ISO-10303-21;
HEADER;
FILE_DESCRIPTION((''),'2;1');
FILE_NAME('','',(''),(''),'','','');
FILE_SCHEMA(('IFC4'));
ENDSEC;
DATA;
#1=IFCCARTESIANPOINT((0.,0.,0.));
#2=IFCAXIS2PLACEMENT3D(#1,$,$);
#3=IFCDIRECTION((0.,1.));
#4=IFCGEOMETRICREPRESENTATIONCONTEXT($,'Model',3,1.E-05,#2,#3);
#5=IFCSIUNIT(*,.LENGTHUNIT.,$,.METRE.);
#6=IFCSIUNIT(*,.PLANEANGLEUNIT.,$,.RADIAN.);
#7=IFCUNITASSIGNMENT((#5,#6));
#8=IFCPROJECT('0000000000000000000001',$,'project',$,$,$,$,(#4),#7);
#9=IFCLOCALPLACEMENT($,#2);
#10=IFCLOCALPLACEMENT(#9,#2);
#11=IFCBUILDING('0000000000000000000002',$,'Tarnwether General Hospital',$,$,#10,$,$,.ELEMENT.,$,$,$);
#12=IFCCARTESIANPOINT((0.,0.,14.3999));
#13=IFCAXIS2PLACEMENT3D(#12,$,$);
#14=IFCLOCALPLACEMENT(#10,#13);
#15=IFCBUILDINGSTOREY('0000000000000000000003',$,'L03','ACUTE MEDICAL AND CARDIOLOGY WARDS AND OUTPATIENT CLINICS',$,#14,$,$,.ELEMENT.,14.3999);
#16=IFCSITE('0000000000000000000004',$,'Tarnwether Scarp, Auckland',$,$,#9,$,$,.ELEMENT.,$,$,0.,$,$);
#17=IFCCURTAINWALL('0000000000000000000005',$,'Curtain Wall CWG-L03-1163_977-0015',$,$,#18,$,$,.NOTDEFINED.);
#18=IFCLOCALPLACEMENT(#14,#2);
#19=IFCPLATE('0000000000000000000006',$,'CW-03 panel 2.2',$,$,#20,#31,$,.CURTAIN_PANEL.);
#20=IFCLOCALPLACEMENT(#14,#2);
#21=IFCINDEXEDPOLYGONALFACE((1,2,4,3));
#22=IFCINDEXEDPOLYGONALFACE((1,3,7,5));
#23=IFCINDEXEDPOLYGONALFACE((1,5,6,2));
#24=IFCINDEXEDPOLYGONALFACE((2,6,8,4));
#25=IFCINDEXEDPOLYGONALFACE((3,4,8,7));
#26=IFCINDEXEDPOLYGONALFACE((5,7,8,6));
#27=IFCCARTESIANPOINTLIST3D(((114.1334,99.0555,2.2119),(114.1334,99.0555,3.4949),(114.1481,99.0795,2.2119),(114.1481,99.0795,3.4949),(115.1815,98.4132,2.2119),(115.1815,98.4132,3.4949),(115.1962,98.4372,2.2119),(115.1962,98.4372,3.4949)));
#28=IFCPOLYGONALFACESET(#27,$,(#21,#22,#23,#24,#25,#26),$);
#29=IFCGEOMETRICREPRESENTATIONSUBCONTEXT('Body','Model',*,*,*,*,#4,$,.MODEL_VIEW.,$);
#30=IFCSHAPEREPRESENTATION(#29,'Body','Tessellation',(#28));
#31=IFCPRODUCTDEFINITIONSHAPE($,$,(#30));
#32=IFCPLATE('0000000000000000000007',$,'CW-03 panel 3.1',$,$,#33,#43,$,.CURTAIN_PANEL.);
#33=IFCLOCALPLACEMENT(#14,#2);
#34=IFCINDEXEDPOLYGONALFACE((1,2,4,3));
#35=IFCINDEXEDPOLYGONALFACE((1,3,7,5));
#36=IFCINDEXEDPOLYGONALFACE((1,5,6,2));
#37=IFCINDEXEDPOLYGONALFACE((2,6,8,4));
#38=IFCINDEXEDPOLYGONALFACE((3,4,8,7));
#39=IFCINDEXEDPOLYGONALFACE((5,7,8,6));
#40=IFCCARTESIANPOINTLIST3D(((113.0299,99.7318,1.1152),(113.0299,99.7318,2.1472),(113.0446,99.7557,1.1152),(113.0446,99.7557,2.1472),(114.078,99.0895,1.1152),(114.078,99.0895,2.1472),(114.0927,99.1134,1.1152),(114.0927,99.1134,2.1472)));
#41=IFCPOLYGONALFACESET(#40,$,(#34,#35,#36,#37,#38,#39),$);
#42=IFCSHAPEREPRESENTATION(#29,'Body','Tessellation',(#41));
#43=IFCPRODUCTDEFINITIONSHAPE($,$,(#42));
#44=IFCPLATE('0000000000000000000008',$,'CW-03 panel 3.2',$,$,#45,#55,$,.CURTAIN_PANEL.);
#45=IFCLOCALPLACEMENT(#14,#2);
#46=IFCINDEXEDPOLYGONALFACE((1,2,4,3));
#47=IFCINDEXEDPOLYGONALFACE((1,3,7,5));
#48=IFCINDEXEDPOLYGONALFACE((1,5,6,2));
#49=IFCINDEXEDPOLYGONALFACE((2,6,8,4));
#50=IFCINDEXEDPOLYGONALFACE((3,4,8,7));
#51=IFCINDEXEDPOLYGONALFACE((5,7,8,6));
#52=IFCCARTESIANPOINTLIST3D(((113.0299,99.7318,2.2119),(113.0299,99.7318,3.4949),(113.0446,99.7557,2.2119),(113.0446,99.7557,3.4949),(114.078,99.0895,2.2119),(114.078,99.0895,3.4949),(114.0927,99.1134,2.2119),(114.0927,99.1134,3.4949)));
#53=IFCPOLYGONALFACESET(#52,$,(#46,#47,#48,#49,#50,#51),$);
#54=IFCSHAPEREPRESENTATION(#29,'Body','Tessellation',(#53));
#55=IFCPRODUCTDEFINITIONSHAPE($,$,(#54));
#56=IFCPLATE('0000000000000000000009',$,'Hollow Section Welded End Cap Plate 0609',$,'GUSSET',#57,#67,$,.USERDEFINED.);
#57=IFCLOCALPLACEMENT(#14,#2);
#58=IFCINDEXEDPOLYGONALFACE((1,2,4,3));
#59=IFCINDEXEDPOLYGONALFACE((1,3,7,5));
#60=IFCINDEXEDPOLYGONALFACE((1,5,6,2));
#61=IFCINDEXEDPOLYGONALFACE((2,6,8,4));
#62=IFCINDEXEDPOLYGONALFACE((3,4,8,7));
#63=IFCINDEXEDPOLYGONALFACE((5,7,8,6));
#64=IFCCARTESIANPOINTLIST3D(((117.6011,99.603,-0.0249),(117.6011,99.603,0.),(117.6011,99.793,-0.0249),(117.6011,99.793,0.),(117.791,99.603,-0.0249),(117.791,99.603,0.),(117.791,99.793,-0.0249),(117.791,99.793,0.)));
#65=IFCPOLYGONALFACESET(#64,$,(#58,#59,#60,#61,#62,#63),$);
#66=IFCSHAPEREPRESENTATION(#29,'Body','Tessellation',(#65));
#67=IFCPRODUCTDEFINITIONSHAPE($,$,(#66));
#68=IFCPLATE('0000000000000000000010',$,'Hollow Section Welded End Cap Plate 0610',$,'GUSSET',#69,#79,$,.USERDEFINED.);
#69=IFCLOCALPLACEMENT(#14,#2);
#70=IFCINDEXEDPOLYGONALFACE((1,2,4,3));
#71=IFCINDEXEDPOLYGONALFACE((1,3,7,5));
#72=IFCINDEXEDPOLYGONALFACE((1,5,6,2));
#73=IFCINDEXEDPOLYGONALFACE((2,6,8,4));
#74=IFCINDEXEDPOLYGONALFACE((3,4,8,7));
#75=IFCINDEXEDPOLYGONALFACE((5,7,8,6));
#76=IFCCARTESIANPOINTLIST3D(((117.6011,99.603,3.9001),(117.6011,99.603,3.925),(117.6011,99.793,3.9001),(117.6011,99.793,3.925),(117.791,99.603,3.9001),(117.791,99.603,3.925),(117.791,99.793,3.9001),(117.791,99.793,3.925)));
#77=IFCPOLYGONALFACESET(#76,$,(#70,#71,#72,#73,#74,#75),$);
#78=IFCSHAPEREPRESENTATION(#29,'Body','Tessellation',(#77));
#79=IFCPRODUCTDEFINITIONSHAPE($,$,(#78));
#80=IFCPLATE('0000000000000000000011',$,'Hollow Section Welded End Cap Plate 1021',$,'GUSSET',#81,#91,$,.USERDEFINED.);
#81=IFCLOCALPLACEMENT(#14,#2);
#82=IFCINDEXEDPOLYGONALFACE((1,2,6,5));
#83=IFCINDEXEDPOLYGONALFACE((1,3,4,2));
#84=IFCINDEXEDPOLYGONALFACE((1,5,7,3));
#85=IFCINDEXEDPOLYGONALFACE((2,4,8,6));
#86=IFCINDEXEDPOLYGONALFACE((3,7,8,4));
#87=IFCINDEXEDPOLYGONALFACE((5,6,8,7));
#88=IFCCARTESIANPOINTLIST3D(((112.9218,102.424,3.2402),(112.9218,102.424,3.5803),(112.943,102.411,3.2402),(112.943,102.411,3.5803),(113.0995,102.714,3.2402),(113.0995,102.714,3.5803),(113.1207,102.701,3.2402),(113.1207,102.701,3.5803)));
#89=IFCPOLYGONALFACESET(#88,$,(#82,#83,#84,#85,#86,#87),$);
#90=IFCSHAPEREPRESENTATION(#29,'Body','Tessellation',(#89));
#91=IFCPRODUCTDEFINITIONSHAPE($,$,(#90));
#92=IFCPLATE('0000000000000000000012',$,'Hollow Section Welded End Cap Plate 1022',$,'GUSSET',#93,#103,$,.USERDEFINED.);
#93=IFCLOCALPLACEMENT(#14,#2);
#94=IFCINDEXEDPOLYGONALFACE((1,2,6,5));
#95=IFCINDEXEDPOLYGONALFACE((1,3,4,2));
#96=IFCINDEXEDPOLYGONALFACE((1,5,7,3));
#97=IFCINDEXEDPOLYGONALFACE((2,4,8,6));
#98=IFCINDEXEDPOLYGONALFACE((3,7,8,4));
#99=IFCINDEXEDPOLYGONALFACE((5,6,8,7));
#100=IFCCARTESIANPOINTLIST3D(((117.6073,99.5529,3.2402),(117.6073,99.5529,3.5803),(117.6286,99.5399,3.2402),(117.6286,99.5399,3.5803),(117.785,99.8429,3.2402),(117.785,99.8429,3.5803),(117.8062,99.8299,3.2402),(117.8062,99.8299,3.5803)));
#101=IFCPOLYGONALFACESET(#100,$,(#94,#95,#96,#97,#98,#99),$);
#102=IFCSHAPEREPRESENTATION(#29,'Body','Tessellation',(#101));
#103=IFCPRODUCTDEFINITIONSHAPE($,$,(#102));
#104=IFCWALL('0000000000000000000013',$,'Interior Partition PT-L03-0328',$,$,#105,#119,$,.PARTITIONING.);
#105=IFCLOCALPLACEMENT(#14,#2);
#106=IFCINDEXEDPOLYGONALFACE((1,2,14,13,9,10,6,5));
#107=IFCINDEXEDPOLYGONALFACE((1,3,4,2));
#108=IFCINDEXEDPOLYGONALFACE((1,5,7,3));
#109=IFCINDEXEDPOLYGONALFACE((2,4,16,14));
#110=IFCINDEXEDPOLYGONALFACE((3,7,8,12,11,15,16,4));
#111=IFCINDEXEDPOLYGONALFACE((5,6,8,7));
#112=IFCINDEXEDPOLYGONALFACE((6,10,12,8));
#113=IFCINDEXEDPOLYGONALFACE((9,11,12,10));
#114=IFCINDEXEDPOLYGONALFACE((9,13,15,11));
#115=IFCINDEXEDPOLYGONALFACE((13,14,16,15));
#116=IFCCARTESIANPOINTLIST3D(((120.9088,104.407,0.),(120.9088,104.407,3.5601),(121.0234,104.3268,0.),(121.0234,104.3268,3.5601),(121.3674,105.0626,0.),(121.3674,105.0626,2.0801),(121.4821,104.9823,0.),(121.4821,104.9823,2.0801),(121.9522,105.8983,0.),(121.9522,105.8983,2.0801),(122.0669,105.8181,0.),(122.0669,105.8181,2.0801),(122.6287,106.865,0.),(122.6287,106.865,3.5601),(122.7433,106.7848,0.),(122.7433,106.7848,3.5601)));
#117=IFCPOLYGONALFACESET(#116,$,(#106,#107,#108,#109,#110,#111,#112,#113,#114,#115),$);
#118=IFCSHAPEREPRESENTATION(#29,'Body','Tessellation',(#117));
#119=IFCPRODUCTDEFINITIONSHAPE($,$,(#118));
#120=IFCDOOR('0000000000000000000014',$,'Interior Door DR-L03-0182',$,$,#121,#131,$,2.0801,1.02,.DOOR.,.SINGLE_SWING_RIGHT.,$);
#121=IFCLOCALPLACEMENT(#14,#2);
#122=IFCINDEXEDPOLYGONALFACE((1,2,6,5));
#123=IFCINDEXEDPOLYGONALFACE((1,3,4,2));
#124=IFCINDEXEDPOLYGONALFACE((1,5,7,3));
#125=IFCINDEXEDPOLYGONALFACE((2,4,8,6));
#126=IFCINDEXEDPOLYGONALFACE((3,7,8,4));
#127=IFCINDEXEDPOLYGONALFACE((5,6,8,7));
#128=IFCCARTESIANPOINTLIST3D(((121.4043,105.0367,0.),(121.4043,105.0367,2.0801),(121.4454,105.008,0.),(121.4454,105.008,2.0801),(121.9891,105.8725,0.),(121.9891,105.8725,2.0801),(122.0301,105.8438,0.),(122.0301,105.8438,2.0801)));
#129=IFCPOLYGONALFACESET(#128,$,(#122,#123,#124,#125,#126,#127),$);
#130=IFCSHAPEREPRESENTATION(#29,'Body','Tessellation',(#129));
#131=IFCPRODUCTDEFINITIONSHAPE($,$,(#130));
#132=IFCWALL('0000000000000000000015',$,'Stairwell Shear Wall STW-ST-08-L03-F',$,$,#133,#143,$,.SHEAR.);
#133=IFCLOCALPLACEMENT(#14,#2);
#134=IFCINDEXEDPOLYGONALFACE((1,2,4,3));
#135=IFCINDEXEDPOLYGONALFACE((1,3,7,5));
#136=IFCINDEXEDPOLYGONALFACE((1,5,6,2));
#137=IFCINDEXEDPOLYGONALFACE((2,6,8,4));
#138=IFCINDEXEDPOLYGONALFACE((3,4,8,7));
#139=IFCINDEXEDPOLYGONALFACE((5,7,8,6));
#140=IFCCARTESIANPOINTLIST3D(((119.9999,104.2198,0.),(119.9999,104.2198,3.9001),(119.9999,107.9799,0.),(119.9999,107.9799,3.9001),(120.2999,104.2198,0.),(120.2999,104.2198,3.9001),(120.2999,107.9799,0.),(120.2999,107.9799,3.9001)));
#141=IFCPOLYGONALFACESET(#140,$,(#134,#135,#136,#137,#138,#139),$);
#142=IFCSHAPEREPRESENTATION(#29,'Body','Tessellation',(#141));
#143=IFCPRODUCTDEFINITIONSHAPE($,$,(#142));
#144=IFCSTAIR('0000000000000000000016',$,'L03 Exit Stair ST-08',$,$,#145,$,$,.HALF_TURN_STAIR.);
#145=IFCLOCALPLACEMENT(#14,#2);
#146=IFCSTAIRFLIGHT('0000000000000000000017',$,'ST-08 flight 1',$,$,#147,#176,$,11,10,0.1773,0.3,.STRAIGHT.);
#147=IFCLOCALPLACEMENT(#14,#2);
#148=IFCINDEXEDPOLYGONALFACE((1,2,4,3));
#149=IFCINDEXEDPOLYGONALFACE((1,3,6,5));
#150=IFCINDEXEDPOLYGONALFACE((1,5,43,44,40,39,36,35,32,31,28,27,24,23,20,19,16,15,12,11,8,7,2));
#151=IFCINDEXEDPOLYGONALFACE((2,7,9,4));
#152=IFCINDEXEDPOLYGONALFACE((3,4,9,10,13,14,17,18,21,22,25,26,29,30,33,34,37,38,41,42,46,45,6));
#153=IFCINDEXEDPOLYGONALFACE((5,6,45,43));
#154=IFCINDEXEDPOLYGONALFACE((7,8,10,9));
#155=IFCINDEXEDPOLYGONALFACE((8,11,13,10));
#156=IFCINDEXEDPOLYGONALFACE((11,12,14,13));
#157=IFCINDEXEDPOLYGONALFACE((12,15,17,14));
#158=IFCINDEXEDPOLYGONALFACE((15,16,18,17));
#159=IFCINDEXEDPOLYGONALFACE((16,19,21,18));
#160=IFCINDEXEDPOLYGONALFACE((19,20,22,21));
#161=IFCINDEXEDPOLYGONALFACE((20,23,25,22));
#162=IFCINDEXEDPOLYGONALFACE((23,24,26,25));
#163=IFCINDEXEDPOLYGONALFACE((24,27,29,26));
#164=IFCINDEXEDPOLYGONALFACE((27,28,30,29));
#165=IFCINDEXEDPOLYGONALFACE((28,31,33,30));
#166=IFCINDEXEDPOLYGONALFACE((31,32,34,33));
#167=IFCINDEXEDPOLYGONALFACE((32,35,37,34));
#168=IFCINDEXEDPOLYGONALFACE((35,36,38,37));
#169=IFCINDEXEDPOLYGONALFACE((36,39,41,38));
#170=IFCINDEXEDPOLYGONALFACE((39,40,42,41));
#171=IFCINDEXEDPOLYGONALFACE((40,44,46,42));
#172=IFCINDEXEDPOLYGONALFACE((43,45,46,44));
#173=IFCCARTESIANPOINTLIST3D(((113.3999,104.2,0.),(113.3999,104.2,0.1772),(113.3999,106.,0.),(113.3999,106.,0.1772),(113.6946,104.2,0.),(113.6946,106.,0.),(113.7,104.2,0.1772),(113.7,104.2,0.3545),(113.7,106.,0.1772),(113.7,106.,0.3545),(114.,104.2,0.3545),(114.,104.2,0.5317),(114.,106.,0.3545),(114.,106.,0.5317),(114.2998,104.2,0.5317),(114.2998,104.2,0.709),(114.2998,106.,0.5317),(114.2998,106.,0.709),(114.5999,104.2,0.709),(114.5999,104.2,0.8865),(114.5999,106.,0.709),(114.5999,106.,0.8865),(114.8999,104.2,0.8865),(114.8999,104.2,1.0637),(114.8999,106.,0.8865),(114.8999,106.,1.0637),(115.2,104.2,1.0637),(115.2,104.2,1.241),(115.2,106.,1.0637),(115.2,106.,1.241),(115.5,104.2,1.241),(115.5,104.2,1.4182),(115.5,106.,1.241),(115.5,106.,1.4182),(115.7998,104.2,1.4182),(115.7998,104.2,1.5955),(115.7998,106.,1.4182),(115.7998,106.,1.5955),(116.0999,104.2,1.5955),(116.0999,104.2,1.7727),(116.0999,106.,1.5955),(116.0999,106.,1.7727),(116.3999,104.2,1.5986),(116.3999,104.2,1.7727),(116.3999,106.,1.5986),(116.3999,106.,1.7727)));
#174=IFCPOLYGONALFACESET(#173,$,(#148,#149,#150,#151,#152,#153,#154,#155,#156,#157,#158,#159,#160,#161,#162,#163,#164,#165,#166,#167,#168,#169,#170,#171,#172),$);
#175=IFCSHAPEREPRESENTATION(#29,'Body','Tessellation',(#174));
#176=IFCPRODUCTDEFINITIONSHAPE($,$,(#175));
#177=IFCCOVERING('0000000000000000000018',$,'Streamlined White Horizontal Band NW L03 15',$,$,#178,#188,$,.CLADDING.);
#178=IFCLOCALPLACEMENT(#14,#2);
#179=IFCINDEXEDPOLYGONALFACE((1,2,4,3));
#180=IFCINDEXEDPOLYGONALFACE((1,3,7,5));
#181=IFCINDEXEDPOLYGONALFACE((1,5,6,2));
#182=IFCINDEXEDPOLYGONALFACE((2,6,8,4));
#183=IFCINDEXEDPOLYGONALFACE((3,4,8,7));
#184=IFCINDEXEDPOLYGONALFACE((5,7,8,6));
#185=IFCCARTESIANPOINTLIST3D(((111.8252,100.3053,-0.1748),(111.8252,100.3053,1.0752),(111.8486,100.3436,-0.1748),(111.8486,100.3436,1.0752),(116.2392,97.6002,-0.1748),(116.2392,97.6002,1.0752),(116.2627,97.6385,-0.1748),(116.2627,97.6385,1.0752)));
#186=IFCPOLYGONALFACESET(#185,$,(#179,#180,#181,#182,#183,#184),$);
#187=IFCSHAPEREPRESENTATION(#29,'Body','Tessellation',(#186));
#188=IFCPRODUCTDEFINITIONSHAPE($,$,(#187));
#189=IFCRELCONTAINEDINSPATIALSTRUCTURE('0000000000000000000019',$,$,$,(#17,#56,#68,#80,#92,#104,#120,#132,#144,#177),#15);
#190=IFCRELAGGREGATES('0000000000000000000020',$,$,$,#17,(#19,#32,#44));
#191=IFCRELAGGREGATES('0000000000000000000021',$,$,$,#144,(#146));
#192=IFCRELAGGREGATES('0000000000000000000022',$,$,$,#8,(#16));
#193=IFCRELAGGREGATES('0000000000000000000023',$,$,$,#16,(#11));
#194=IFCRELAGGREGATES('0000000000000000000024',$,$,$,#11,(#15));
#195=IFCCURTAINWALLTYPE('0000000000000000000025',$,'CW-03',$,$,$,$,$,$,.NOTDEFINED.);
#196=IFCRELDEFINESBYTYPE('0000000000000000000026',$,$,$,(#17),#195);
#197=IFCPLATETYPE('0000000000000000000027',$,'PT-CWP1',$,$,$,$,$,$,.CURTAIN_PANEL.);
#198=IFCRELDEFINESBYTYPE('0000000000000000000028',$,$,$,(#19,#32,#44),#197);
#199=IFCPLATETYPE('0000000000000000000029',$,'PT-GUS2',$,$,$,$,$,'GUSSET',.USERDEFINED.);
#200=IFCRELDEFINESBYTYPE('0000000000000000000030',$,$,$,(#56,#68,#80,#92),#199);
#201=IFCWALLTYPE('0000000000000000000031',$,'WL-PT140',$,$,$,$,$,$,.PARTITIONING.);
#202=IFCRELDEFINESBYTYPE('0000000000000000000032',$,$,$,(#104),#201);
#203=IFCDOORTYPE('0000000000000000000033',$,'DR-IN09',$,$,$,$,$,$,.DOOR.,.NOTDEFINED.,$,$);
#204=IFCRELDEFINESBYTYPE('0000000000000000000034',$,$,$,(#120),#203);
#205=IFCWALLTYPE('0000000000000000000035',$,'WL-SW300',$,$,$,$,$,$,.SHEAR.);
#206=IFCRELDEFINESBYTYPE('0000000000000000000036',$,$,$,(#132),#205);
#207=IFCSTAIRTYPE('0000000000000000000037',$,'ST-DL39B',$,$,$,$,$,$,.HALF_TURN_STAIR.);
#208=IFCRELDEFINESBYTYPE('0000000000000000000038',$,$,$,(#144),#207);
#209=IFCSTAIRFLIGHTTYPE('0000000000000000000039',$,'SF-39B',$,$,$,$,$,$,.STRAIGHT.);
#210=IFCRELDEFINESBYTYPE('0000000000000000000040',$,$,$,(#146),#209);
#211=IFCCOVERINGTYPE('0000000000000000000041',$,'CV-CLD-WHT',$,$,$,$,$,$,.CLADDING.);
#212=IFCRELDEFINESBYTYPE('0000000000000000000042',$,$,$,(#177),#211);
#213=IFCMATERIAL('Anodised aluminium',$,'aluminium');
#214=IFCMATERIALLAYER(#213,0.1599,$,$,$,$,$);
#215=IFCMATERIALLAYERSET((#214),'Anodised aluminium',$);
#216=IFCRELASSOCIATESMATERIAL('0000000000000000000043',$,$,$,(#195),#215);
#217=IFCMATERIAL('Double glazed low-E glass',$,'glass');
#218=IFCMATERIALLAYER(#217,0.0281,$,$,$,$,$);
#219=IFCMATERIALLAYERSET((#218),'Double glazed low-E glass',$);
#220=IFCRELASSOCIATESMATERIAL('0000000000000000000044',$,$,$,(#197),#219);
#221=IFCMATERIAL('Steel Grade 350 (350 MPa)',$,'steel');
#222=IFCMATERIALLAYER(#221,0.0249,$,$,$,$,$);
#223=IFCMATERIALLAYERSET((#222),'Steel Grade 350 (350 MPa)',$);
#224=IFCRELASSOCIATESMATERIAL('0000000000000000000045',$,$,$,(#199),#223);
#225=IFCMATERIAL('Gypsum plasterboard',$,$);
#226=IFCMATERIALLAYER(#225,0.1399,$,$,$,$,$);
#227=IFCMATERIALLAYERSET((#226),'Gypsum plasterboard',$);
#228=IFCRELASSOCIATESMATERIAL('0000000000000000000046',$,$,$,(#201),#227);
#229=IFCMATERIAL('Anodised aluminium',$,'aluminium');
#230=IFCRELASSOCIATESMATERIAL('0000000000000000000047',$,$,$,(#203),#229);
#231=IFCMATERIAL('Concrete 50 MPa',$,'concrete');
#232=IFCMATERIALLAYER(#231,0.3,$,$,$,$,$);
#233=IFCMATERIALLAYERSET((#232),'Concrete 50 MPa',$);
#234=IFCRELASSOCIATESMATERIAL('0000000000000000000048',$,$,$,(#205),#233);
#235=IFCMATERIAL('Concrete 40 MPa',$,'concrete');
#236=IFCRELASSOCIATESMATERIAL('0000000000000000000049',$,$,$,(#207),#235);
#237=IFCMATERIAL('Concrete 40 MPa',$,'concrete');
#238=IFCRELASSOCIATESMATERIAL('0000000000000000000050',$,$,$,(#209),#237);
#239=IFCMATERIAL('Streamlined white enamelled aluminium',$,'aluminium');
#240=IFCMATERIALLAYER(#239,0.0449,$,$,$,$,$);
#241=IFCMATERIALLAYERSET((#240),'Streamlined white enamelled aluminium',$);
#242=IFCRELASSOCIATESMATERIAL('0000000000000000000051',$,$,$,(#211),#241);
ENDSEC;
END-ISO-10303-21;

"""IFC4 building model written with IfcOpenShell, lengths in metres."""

from ifc_helpers import new_model, si_unit, direction, frame, frame_2d, origin, origin_2d, place, context, subcontext, project, spatial, polyline, rectangle, outline, extrude, material, layer, layer_set, type_object, element, fill, aggregate, save


model = new_model("IFC4")

# Units and contexts
model_context = context("Model", 3, precision=1e-05, world=origin(), true_north=direction((0.0, 1.0)))
body_context = subcontext(model_context, "Body", "Model", "MODEL_VIEW")
ifc_project = project(units=[si_unit("LENGTHUNIT", "METRE"), si_unit("PLANEANGLEUNIT", "RADIAN")], contexts=[model_context])

# Site, building, storey
site_placement = place(None, origin())
site = spatial("IfcSite", under=ifc_project, at=site_placement, Name="Tarnwether Scarp, Auckland", CompositionType="ELEMENT", RefElevation=0.0)
building_placement = place(site_placement, origin())
building = spatial("IfcBuilding", under=site, at=building_placement, Name="Tarnwether General Hospital", CompositionType="ELEMENT")
storey_placement = place(building_placement, frame((0.0, 0.0, 14.3999)))
storey = spatial("IfcBuildingStorey", under=building, at=storey_placement, Name="L03", Description="ACUTE MEDICAL AND CARDIOLOGY WARDS AND OUTPATIENT CLINICS", CompositionType="ELEMENT", Elevation=14.3999)

# Curtain wall, plates
ifc_material_1 = material(Name="Anodised aluminium", Category="aluminium")
ifc_layer_1 = layer(ifc_material_1, 0.1599)
ifc_layer_set_1 = layer_set([ifc_layer_1], Name="Anodised aluminium")
curtain_wall_type = type_object("IfcCurtainWallType", Name="CW-03", PredefinedType="NOTDEFINED", material=ifc_layer_set_1)
curtain_wall_placement = place(storey_placement, origin())
curtain_wall = element("IfcCurtainWall", 1, at=curtain_wall_placement, inside=storey, type_object=curtain_wall_type, Name="Curtain Wall CWG-L03-1163_977-0015", PredefinedType="NOTDEFINED")
ifc_material_2 = material(Name="Double glazed low-E glass", Category="glass")
ifc_layer_2 = layer(ifc_material_2, 0.0281)
ifc_layer_set_2 = layer_set([ifc_layer_2], Name="Double glazed low-E glass")
plate_type_1 = type_object("IfcPlateType", Name="PT-CWP1", PredefinedType="CURTAIN_PANEL", material=ifc_layer_set_2)
plate_1_placement = place(storey_placement, frame((114.6648, 98.7463, 2.2119), z_axis=(0.0, 0.0, 1.0), x_axis=(-0.852632, 0.522512, 0.0)))
plate_1 = element("IfcPlate", 2, at=plate_1_placement, type_object=plate_type_1, Name="CW-03 panel 2.2", PredefinedType="CURTAIN_PANEL", context=body_context, shape_type="SweptSolid", body=[
    extrude(rectangle(XDim=1.2292, YDim=0.0281, at=origin_2d()), origin(), (0.0, 0.0, 1.0), 1.283),
])
plate_2_placement = place(storey_placement, frame((113.5613, 99.4226, 1.1152), z_axis=(0.0, 0.0, 1.0), x_axis=(-0.852632, 0.522512, 0.0)))
plate_2 = element("IfcPlate", 3, at=plate_2_placement, type_object=plate_type_1, Name="CW-03 panel 3.1", PredefinedType="CURTAIN_PANEL", context=body_context, shape_type="SweptSolid", body=[
    extrude(rectangle(XDim=1.2292, YDim=0.0281, at=origin_2d()), origin(), (0.0, 0.0, 1.0), 1.032),
])
plate_3_placement = place(storey_placement, frame((113.5613, 99.4226, 2.2119), z_axis=(0.0, 0.0, 1.0), x_axis=(-0.852632, 0.522512, 0.0)))
plate_3 = element("IfcPlate", 4, at=plate_3_placement, type_object=plate_type_1, Name="CW-03 panel 3.2", PredefinedType="CURTAIN_PANEL", context=body_context, shape_type="SweptSolid", body=[
    extrude(rectangle(XDim=1.2292, YDim=0.0281, at=origin_2d()), origin(), (0.0, 0.0, 1.0), 1.283),
])
aggregate(curtain_wall, [plate_1, plate_2, plate_3])

# Plates
ifc_material_3 = material(Name="Steel Grade 350 (350 MPa)", Category="steel")
ifc_layer_3 = layer(ifc_material_3, 0.0249)
ifc_layer_set_3 = layer_set([ifc_layer_3], Name="Steel Grade 350 (350 MPa)")
plate_type_2 = type_object("IfcPlateType", Name="PT-GUS2", ElementType="GUSSET", PredefinedType="USERDEFINED", material=ifc_layer_set_3)
for number, where, z_axis, x_axis, name in (
    (5, (117.696, 99.698, -0.0249), (0.0, 0.0, 1.0), (1.0, 0.0, 0.0), "Hollow Section Welded End Cap Plate 0609"),
    (6, (117.696, 99.698, 3.9001), (0.0, 0.0, 1.0), (1.0, 0.0, 0.0), "Hollow Section Welded End Cap Plate 0610"),
):
    element("IfcPlate", number, at=place(storey_placement, frame(where, z_axis=z_axis, x_axis=x_axis)), inside=storey, type_object=plate_type_2, Name=name, ObjectType="GUSSET", PredefinedType="USERDEFINED", context=body_context, shape_type="SweptSolid", body=[
        extrude(rectangle(XDim=0.1899, YDim=0.1899, at=origin_2d()), origin(), (0.0, 0.0, 1.0), 0.0249),
    ])
for number, where, z_axis, x_axis, name in (
    (7, (113.0212, 102.5625, 3.2402), (0.0, 0.0, 1.0), (0.852649, -0.522484, 0.0), "Hollow Section Welded End Cap Plate 1021"),
    (8, (117.7068, 99.6914, 3.2402), (0.0, 0.0, 1.0), (0.852649, -0.522484, 0.0), "Hollow Section Welded End Cap Plate 1022"),
):
    element("IfcPlate", number, at=place(storey_placement, frame(where, z_axis=z_axis, x_axis=x_axis)), inside=storey, type_object=plate_type_2, Name=name, ObjectType="GUSSET", PredefinedType="USERDEFINED", context=body_context, shape_type="SweptSolid", body=[
        extrude(rectangle(XDim=0.0249, YDim=0.3401, at=origin_2d()), origin(), (0.0, 0.0, 1.0), 0.3401),
    ])

# Wall, opening, door
ifc_material_4 = material(Name="Gypsum plasterboard")
ifc_layer_4 = layer(ifc_material_4, 0.1399)
ifc_layer_set_4 = layer_set([ifc_layer_4], Name="Gypsum plasterboard")
wall_type_1 = type_object("IfcWallType", Name="WL-PT140", PredefinedType="PARTITIONING", material=ifc_layer_set_4)
wall_1_placement = place(storey_placement, frame((120.9661, 104.3669, 0.0), z_axis=(0.0, 0.0, 1.0), x_axis=(0.57332, 0.819331, 0.0)))
wall_1 = element("IfcWall", 9, at=wall_1_placement, inside=storey, type_object=wall_type_1, Name="Interior Partition PT-L03-0328", PredefinedType="PARTITIONING", context=body_context, shape_type="SweptSolid", body=[
    extrude(rectangle(XDim=3.0, YDim=0.1399, at=frame_2d((1.5, 0.0))), origin(), (0.0, 0.0, 1.0), 3.5601),
])
opening_placement = place(wall_1_placement, frame((0.8, 0.0, 0.0)))
opening = element("IfcOpeningElement", 10, at=opening_placement, cuts=wall_1, PredefinedType="OPENING", context=body_context, shape_type="SweptSolid", body=[
    extrude(rectangle(XDim=1.02, YDim=2.0801, at=frame_2d((0.51, 1.04))), frame((0.0, 0.0801, 0.0), z_axis=(0.0, -1.0, 0.0), x_axis=(1.0, 0.0, 0.0)), (0.0, 0.0, 1.0), 0.1599),
])
ifc_material_5 = material(Name="Anodised aluminium", Category="aluminium")
door_type = type_object("IfcDoorType", Name="DR-IN09", OperationType="NOTDEFINED", PredefinedType="DOOR", material=ifc_material_5)
door_placement = place(opening_placement, origin())
door = element("IfcDoor", 11, at=door_placement, inside=storey, type_object=door_type, Name="Interior Door DR-L03-0182", OperationType="SINGLE_SWING_RIGHT", OverallHeight=2.0801, OverallWidth=1.02, PredefinedType="DOOR", context=body_context, shape_type="SweptSolid", body=[
    extrude(rectangle(XDim=1.02, YDim=2.0801, at=frame_2d((0.51, 1.04))), frame((0.0, 0.0249, 0.0), z_axis=(0.0, -1.0, 0.0), x_axis=(1.0, 0.0, 0.0)), (0.0, 0.0, 1.0), 0.05),
])
fill(opening, door)

# Wall
ifc_material_6 = material(Name="Concrete 50 MPa", Category="concrete")
ifc_layer_5 = layer(ifc_material_6, 0.3)
ifc_layer_set_5 = layer_set([ifc_layer_5], Name="Concrete 50 MPa")
wall_type_2 = type_object("IfcWallType", Name="WL-SW300", PredefinedType="SHEAR", material=ifc_layer_set_5)
wall_2_placement = place(storey_placement, frame((120.1499, 104.22, 0.0), z_axis=(0.0, 0.0, 1.0), x_axis=(0.0, 1.0, 0.0)))
element("IfcWall", 12, at=wall_2_placement, inside=storey, type_object=wall_type_2, Name="Stairwell Shear Wall STW-ST-08-L03-F", PredefinedType="SHEAR", context=body_context, shape_type="SweptSolid", body=[
    extrude(rectangle(XDim=3.76, YDim=0.3, at=frame_2d((1.8799, 0.0))), origin(), (0.0, 0.0, 1.0), 3.9001),
])

# Stair, stair flight
ifc_material_7 = material(Name="Concrete 40 MPa", Category="concrete")
stair_type = type_object("IfcStairType", Name="ST-DL39B", PredefinedType="HALF_TURN_STAIR", material=ifc_material_7)
stair_placement = place(storey_placement, origin())
stair = element("IfcStair", 13, at=stair_placement, inside=storey, type_object=stair_type, Name="L03 Exit Stair ST-08", PredefinedType="HALF_TURN_STAIR")
ifc_material_8 = material(Name="Concrete 40 MPa", Category="concrete")
stair_flight_type = type_object("IfcStairFlightType", Name="SF-39B", PredefinedType="STRAIGHT", material=ifc_material_8)
stair_flight_placement = place(storey_placement, frame((113.3999, 105.1001, 0.0), z_axis=(0.0, 0.0, 1.0), x_axis=(1.0, 0.0, 0.0)))
stair_flight = element("IfcStairFlight", 14, at=stair_flight_placement, type_object=stair_flight_type, Name="ST-08 flight 1", NumberOfRisers=11, NumberOfTreads=10, PredefinedType="STRAIGHT", RiserHeight=0.1773, TreadLength=0.3, context=body_context, shape_type="SweptSolid", body=[
    extrude(outline(polyline([(0.0, 0.0), (0.0, 0.1772), (0.3, 0.1772), (0.3, 0.3545), (0.6001, 0.3545), (0.6001, 0.5317), (0.8999, 0.5317), (0.8999, 0.709), (1.2, 0.709), (1.2, 0.8865), (1.5, 0.8865), (1.5, 1.0637), (1.8, 1.0637), (1.8, 1.241), (2.1001, 1.241), (2.1001, 1.4182), (2.3999, 1.4182), (2.3999, 1.5955), (2.7, 1.5955), (2.7, 1.7727), (3.0, 1.7727), (3.0, 1.95), (3.0, 1.5986), (0.2947, 0.0), (0.0, 0.0)])), frame((0.0, 0.8999, 0.0), z_axis=(0.0, -1.0, 0.0), x_axis=(1.0, 0.0, 0.0)), (0.0, 0.0, 1.0), 1.8),
])
aggregate(stair, [stair_flight])

# Covering
ifc_material_9 = material(Name="Streamlined white enamelled aluminium", Category="aluminium")
ifc_layer_6 = layer(ifc_material_9, 0.0449)
ifc_layer_set_6 = layer_set([ifc_layer_6], Name="Streamlined white enamelled aluminium")
covering_type = type_object("IfcCoveringType", Name="CV-CLD-WHT", PredefinedType="CLADDING", material=ifc_layer_set_6)
covering_placement = place(storey_placement, frame((114.0439, 98.9719, -0.1748), z_axis=(0.0, 0.0, 1.0), x_axis=(-0.852631, 0.522513, 0.0)))
element("IfcCovering", 15, at=covering_placement, inside=storey, type_object=covering_type, Name="Streamlined White Horizontal Band NW L03 15", PredefinedType="CLADDING", context=body_context, shape_type="SweptSolid", body=[
    extrude(rectangle(XDim=5.177, YDim=0.0449, at=origin_2d()), origin(), (0.0, 0.0, 1.0), 1.25),
])

save(model, "model.ifc")
